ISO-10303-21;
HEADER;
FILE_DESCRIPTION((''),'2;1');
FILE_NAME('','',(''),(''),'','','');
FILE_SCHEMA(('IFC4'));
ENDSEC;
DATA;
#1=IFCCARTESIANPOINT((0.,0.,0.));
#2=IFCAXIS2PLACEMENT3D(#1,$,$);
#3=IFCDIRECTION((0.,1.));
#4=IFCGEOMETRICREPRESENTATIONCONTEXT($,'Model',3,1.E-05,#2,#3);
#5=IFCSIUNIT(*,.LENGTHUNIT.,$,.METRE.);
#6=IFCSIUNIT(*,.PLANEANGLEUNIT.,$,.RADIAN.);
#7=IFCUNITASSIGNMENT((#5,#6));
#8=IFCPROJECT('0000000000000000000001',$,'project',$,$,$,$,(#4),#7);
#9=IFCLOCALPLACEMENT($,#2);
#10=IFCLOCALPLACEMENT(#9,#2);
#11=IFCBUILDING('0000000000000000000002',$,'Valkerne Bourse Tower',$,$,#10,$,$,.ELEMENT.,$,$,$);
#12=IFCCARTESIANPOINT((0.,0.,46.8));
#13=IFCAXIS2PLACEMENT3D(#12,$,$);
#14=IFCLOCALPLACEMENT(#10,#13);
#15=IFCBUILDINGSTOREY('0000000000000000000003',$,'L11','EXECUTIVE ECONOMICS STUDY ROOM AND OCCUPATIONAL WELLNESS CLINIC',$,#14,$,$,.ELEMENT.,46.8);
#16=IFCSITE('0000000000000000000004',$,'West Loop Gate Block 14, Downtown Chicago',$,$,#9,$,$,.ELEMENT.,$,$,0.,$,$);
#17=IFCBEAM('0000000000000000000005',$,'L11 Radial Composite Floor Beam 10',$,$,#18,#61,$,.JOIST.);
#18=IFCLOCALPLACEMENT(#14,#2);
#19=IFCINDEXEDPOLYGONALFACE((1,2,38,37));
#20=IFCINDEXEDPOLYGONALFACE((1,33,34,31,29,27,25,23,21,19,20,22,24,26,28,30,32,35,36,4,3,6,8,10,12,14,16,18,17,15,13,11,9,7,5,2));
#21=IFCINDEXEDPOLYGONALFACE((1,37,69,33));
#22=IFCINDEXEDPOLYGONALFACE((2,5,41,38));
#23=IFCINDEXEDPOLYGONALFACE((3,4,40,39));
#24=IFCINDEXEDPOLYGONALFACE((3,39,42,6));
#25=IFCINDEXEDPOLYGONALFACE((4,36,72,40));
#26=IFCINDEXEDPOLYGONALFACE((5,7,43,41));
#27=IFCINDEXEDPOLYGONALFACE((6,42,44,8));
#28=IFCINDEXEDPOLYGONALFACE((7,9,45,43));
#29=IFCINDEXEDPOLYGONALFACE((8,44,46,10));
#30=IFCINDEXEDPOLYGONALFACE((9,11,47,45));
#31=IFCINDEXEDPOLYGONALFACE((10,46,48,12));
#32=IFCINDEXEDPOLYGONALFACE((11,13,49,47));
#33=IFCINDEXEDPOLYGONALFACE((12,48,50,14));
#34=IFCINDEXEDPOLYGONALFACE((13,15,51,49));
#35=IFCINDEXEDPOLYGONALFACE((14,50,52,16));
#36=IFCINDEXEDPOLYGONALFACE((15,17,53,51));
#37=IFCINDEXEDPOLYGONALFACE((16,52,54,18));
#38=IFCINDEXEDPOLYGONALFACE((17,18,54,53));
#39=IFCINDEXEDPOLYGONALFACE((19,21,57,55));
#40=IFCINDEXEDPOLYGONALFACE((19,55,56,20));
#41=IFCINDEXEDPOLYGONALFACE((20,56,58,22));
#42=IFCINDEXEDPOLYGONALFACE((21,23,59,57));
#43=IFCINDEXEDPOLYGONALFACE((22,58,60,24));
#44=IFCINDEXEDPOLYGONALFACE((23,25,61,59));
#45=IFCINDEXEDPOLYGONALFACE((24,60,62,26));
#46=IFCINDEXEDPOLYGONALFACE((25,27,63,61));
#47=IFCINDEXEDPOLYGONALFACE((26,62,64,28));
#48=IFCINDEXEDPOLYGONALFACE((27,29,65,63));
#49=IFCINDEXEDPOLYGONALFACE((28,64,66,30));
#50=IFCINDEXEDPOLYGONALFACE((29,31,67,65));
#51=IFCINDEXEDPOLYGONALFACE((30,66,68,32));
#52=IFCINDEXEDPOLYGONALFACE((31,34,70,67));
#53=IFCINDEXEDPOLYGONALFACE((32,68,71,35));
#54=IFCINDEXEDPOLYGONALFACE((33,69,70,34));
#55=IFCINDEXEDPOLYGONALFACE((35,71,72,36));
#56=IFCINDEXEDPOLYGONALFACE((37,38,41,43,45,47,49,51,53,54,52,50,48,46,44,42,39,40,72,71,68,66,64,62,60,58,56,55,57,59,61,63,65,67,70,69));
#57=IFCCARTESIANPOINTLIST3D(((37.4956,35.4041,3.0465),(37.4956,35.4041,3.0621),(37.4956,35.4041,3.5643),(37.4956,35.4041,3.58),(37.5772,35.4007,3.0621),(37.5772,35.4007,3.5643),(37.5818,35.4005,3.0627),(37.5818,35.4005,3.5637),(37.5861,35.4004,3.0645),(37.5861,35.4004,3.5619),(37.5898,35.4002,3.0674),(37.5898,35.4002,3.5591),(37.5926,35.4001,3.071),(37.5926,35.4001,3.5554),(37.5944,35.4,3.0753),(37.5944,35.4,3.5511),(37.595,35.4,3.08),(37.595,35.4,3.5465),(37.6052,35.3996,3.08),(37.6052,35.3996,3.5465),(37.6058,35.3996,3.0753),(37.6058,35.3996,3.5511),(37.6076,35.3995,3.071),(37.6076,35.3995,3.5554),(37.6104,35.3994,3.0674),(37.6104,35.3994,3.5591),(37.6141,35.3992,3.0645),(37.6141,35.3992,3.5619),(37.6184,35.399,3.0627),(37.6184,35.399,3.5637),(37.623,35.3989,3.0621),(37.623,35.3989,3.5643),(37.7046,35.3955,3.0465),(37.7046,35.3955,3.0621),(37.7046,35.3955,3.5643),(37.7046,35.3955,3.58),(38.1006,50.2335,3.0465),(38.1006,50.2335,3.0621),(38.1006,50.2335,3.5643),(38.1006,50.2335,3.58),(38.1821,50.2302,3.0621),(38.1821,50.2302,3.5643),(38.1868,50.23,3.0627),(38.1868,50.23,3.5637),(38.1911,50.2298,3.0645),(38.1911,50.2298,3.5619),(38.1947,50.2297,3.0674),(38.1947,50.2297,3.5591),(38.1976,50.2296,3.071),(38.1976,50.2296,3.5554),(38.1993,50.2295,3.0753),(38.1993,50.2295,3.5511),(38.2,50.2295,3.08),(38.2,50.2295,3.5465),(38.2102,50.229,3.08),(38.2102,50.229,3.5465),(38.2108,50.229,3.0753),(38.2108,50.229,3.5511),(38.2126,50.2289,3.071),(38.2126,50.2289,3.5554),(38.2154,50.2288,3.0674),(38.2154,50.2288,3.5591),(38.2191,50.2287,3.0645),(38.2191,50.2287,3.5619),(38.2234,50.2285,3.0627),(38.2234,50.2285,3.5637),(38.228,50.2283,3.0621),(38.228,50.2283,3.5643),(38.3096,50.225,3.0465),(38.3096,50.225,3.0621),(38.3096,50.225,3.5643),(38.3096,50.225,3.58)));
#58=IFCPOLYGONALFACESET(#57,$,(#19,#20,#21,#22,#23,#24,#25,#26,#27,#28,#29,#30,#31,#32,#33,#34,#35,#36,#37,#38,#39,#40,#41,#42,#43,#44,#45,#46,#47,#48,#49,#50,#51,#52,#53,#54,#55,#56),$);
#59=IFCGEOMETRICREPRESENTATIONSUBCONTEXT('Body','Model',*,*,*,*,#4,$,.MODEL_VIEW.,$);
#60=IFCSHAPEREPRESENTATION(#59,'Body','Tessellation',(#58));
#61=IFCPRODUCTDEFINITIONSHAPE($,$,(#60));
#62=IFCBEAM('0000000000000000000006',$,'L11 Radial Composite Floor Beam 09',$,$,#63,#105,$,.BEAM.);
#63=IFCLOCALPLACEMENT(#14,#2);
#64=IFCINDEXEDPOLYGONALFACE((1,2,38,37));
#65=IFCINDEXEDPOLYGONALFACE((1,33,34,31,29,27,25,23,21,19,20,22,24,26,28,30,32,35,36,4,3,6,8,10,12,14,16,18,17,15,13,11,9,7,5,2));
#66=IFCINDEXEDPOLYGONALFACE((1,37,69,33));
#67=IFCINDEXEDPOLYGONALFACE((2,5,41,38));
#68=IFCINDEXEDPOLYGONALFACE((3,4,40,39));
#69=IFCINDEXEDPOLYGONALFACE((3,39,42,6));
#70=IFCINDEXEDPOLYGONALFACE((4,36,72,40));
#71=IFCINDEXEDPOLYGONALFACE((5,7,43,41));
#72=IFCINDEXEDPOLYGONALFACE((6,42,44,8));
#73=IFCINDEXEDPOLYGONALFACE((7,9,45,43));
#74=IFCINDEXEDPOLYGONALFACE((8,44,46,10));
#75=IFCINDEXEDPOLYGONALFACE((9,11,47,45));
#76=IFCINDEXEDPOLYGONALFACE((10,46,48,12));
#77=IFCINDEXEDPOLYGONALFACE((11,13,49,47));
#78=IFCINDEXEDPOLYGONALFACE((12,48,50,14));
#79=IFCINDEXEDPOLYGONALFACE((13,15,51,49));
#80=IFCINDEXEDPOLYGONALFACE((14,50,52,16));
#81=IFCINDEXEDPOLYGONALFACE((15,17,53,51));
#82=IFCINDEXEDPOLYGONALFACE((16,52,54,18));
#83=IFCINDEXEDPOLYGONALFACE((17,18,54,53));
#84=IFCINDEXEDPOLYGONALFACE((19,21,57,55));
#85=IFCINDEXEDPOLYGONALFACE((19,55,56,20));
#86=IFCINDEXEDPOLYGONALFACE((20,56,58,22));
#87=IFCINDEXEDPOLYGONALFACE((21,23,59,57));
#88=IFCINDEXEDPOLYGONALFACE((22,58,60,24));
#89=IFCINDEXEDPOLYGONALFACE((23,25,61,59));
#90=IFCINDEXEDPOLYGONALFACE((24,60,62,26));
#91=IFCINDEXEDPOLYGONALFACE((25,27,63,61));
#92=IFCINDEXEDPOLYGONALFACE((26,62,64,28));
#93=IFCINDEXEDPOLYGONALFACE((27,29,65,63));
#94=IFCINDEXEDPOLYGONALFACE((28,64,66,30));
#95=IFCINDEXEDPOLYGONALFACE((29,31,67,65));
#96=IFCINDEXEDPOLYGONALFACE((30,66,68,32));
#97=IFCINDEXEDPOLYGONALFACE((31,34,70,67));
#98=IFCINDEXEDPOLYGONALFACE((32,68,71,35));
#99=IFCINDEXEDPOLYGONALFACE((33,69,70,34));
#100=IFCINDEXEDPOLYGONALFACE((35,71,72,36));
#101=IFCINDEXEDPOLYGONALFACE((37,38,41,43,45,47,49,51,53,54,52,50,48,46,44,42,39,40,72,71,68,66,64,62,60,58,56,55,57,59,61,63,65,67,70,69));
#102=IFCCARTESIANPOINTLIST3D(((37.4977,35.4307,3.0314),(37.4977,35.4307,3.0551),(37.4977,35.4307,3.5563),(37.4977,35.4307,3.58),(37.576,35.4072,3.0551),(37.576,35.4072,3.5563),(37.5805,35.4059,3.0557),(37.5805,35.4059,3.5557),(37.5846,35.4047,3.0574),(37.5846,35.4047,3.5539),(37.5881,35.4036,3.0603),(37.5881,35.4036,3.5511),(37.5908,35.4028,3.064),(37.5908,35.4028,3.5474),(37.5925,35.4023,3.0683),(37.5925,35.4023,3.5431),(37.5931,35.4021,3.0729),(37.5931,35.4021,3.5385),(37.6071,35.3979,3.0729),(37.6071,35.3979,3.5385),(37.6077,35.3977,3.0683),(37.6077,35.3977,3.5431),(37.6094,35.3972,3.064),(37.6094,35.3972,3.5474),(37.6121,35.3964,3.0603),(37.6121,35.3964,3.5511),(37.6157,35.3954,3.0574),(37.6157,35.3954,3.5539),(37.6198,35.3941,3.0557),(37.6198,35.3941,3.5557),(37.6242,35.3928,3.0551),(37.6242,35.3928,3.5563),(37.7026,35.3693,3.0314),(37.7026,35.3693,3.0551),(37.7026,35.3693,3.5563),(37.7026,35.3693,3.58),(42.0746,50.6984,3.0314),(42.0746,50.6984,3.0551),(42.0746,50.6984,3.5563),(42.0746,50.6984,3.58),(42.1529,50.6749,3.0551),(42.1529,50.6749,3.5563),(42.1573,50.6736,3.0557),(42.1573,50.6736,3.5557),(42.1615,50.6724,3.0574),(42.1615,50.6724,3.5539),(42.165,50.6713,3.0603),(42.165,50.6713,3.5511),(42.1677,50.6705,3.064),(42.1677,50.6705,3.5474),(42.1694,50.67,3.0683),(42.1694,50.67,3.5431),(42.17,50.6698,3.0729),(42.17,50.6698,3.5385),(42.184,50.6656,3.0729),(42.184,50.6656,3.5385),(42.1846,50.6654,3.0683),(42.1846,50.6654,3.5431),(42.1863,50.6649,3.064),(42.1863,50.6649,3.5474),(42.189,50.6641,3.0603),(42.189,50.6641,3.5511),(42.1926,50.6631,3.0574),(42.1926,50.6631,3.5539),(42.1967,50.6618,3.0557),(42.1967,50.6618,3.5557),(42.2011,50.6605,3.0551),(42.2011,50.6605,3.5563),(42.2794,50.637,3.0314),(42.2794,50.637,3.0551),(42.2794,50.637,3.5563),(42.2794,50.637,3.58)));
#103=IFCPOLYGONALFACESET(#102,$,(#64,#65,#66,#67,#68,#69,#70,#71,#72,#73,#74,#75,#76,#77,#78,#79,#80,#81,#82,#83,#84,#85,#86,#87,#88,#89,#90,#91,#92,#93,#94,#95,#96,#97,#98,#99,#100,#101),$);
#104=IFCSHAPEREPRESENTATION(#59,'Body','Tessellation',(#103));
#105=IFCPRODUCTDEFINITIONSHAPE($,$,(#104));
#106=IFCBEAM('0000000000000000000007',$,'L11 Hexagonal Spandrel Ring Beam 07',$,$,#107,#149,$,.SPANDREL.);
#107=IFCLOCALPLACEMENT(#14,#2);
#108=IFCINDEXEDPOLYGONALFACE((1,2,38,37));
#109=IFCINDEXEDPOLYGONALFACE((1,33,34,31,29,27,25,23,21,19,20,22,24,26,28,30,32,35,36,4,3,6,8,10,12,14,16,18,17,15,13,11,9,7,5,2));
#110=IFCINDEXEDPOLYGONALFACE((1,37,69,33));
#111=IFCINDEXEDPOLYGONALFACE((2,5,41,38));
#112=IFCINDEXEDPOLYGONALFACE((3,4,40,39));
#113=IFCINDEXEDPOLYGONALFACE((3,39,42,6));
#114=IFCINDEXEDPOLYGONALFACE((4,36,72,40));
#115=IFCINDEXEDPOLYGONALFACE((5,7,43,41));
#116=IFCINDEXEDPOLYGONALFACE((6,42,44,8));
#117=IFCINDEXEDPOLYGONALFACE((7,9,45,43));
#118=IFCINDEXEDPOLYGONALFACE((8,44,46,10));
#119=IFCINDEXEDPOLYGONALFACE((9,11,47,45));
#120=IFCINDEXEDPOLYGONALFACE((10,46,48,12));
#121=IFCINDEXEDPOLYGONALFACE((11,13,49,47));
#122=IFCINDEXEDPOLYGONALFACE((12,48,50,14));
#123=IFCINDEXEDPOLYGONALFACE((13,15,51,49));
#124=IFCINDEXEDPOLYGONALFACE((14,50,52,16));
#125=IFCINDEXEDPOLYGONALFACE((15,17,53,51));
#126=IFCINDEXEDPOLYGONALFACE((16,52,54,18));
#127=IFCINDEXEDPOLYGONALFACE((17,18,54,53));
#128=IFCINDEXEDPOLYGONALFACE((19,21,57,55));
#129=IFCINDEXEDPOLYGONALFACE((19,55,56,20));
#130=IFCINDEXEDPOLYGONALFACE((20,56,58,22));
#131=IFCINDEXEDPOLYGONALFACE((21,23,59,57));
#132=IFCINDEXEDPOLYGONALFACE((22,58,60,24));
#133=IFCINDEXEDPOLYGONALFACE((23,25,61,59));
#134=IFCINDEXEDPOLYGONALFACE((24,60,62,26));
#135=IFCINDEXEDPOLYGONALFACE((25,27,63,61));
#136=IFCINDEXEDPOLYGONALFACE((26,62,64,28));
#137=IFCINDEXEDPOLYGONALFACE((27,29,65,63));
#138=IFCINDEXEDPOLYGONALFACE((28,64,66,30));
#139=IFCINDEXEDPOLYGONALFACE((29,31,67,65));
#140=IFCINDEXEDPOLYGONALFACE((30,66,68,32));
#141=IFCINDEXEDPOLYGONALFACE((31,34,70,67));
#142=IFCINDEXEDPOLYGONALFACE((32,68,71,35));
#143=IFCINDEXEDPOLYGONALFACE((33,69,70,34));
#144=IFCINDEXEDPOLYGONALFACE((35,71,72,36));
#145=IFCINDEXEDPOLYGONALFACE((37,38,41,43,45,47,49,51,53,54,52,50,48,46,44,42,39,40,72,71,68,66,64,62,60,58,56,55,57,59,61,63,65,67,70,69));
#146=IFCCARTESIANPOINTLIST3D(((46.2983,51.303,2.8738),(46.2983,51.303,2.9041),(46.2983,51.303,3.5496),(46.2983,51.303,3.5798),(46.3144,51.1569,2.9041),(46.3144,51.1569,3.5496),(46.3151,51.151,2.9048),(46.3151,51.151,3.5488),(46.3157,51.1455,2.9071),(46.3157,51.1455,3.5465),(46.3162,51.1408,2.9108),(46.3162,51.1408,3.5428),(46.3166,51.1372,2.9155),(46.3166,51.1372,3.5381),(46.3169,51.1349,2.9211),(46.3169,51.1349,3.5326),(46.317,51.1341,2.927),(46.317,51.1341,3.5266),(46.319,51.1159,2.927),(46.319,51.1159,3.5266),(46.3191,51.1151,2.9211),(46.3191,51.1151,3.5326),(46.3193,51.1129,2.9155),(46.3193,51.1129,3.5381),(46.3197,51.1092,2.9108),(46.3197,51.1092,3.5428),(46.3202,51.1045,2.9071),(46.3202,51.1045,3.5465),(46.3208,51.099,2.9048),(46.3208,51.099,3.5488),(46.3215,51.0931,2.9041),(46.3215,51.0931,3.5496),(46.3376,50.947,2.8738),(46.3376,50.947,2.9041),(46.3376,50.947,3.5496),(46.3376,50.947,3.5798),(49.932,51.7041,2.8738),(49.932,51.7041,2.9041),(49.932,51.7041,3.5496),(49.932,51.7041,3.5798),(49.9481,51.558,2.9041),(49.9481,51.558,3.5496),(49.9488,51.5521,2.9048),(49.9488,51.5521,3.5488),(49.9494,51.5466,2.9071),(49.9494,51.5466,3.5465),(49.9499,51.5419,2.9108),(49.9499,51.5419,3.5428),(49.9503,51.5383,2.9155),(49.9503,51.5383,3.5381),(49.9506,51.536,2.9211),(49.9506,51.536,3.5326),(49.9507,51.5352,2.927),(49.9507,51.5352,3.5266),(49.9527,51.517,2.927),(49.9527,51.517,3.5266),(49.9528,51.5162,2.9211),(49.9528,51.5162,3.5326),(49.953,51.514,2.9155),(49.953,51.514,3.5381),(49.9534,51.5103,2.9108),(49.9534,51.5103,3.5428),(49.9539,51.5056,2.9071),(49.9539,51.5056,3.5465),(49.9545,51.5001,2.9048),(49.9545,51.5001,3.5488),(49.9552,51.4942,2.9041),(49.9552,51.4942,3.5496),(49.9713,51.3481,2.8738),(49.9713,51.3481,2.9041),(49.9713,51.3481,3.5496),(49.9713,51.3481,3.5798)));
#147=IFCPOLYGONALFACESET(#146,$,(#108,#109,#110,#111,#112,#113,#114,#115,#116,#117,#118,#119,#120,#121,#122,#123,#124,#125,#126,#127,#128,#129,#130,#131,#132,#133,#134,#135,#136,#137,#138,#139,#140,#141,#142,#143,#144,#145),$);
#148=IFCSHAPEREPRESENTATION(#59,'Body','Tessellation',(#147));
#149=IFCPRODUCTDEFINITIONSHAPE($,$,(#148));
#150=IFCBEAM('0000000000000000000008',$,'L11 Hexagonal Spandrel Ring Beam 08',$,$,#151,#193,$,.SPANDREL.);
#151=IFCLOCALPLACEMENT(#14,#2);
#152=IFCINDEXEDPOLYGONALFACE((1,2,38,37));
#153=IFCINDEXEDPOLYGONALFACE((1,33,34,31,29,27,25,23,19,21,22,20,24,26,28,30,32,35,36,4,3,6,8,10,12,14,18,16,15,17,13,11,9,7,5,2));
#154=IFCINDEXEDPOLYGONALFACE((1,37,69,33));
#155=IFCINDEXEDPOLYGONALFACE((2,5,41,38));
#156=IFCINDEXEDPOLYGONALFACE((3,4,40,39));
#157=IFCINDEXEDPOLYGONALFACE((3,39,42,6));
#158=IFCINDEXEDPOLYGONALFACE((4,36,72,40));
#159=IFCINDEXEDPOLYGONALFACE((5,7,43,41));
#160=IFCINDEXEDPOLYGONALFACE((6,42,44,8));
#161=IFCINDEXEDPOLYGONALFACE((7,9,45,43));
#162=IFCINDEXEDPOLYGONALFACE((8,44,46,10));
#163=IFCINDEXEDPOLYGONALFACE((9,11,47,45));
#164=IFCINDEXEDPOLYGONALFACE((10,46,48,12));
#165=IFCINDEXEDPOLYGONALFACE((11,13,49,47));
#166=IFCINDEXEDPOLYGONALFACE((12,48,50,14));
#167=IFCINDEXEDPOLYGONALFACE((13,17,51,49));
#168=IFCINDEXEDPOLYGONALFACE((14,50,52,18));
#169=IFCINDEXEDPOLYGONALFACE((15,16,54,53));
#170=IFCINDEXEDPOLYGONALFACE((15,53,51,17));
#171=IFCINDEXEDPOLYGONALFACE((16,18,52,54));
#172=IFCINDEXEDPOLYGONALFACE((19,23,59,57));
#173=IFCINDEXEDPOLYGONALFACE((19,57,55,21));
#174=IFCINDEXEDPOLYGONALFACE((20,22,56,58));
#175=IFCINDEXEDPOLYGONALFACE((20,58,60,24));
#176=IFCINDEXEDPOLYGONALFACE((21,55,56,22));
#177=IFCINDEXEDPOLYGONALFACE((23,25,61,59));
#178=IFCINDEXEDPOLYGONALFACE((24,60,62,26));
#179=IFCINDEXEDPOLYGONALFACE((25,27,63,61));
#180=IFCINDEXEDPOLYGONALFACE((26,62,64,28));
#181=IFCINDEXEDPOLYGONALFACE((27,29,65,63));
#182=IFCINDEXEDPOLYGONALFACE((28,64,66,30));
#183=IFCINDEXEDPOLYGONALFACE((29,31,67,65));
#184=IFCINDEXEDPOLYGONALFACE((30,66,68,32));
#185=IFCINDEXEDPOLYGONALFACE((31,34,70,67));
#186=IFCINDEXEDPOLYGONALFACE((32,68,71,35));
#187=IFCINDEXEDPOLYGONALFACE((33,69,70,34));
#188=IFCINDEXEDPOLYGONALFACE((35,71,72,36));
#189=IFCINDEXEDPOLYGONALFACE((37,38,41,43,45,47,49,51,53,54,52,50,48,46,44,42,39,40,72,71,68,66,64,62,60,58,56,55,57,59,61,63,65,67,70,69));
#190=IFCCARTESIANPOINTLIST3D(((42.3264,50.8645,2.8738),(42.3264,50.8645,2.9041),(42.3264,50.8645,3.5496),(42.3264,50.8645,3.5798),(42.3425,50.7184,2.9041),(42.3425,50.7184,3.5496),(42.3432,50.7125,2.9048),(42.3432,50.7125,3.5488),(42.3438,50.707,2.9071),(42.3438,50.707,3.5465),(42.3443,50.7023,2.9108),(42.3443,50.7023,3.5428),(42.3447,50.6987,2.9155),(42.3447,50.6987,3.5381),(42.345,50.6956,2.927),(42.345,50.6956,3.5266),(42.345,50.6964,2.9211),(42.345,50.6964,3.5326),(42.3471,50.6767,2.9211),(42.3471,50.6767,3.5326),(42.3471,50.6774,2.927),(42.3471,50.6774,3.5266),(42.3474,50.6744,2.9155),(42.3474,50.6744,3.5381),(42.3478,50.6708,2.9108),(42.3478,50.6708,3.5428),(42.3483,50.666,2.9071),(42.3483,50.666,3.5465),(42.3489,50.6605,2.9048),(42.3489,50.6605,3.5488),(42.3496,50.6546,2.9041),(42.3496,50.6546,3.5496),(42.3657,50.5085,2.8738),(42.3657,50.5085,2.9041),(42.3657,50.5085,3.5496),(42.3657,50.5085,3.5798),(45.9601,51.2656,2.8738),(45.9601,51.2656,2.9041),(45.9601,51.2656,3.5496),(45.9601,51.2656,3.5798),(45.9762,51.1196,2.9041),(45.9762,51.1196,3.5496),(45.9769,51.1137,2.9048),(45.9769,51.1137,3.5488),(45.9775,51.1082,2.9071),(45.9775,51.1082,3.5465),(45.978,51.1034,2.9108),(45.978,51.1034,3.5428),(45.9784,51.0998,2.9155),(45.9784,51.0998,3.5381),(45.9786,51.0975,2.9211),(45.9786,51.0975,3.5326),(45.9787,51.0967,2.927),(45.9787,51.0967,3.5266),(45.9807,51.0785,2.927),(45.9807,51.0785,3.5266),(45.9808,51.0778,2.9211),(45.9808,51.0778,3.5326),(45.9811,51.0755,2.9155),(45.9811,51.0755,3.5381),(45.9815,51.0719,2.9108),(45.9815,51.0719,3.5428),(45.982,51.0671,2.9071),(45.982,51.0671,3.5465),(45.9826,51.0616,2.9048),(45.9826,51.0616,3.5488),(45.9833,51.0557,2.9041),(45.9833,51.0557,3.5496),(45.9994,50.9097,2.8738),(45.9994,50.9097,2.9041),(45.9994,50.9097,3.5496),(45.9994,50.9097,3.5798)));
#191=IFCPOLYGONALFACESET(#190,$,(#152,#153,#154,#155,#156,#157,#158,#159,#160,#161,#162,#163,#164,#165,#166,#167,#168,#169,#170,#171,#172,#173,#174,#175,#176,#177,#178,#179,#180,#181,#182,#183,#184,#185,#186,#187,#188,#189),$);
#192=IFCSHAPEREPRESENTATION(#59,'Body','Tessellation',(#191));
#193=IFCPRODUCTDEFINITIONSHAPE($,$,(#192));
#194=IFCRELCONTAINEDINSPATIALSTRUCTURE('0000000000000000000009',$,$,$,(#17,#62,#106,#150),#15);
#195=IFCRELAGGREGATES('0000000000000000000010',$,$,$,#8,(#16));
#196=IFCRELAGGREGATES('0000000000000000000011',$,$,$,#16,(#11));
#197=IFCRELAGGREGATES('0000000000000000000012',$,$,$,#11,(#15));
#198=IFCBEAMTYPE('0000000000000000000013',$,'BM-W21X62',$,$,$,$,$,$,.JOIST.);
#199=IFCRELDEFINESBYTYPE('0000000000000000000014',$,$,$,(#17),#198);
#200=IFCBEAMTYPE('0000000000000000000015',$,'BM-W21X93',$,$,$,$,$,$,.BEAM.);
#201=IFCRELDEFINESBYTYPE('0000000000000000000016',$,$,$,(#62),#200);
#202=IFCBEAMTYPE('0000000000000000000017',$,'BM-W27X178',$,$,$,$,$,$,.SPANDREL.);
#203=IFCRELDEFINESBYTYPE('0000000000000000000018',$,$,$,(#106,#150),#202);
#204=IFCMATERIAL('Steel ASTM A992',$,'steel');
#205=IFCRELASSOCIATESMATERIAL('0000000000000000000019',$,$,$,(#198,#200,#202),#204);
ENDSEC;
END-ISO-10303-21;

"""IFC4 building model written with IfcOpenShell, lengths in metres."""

from ifc_helpers import new_model, si_unit, direction, frame, origin, origin_2d, place, context, subcontext, project, spatial, i_section, extrude, material, material_profile, profile_set, type_object, element, save


model = new_model("IFC4")

# Units and contexts
model_context = context("Model", 3, precision=1e-05, world=origin(), true_north=direction((0.0, 1.0)))
body_context = subcontext(model_context, "Body", "Model", "MODEL_VIEW")
ifc_project = project(units=[si_unit("LENGTHUNIT", "METRE"), si_unit("PLANEANGLEUNIT", "RADIAN")], contexts=[model_context])

# Site, building, storey
site_placement = place(None, origin())
site = spatial("IfcSite", under=ifc_project, at=site_placement, Name="West Loop Gate Block 14, Downtown Chicago", CompositionType="ELEMENT", RefElevation=0.0)
building_placement = place(site_placement, origin())
building = spatial("IfcBuilding", under=site, at=building_placement, Name="Valkerne Bourse Tower", CompositionType="ELEMENT")
storey_placement = place(building_placement, frame((0.0, 0.0, 46.8)))
storey = spatial("IfcBuildingStorey", under=building, at=storey_placement, Name="L11", Description="EXECUTIVE ECONOMICS STUDY ROOM AND OCCUPATIONAL WELLNESS CLINIC", CompositionType="ELEMENT", Elevation=46.8)

# Beams
ifc_material_1 = material(Name="Steel ASTM A992", Category="steel")
ifc_material_profile_1 = material_profile(ifc_material_1, i_section(OverallWidth=0.2092, OverallDepth=0.5334, WebThickness=0.0103, FlangeThickness=0.0156, FilletRadius=0.0178, at=origin_2d()), Name="W21X62")
ifc_profile_set_1 = profile_set([ifc_material_profile_1], Name="Steel ASTM A992")
beam_type_1 = type_object("IfcBeamType", Name="BM-W21X62", PredefinedType="JOIST", material=ifc_profile_set_1)
beam_1_placement = place(storey_placement, frame((38.2051, 50.2292, 3.3132), z_axis=(-0.040762, -0.999169, 0.0), x_axis=(0.999169, -0.040762, 0.0)))
element("IfcBeam", 1, at=beam_1_placement, inside=storey, type_object=beam_type_1, Name="L11 Radial Composite Floor Beam 10", PredefinedType="JOIST", context=body_context, shape_type="SweptSolid", body=[
    extrude(i_section(OverallWidth=0.2092, OverallDepth=0.5334, WebThickness=0.0103, FlangeThickness=0.0156, FilletRadius=0.0178, at=origin_2d()), origin(), (0.0, 0.0, 1.0), 14.8418),
])
ifc_material_profile_2 = material_profile(ifc_material_1, i_section(OverallWidth=0.2139, OverallDepth=0.5486, WebThickness=0.0146, FlangeThickness=0.0237, FilletRadius=0.0178, at=origin_2d()), Name="W21X93")
ifc_profile_set_2 = profile_set([ifc_material_profile_2], Name="Steel ASTM A992")
beam_type_2 = type_object("IfcBeamType", Name="BM-W21X93", PredefinedType="BEAM", material=ifc_profile_set_2)
beam_2_placement = place(storey_placement, frame((42.177, 50.6677, 3.3057), z_axis=(-0.28715, -0.957886, 0.0), x_axis=(0.957886, -0.28715, 0.0)))
element("IfcBeam", 2, at=beam_2_placement, inside=storey, type_object=beam_type_2, Name="L11 Radial Composite Floor Beam 09", PredefinedType="BEAM", context=body_context, shape_type="SweptSolid", body=[
    extrude(i_section(OverallWidth=0.2139, OverallDepth=0.5486, WebThickness=0.0146, FlangeThickness=0.0237, FilletRadius=0.0178, at=origin_2d()), origin(), (0.0, 0.0, 1.0), 15.939),
])
ifc_material_profile_3 = material_profile(ifc_material_1, i_section(OverallWidth=0.3582, OverallDepth=0.7061, WebThickness=0.0183, FlangeThickness=0.0303, FilletRadius=0.0229, at=origin_2d()), Name="W27X178")
ifc_profile_set_3 = profile_set([ifc_material_profile_3], Name="Steel ASTM A992")
beam_type_3 = type_object("IfcBeamType", Name="BM-W27X178", PredefinedType="SPANDREL", material=ifc_profile_set_3)
for number, where, z_axis, x_axis, name in (
    (3, (49.9517, 51.5261, 3.2268), (-0.993962, -0.109721, 0.0), (0.109721, -0.993962, 0.0), "L11 Hexagonal Spandrel Ring Beam 07"),
    (4, (45.9797, 51.0876, 3.2268), (-0.993962, -0.109721, 0.0), (0.109721, -0.993962, 0.0), "L11 Hexagonal Spandrel Ring Beam 08"),
):
    element("IfcBeam", number, at=place(storey_placement, frame(where, z_axis=z_axis, x_axis=x_axis)), inside=storey, type_object=beam_type_3, Name=name, PredefinedType="SPANDREL", context=body_context, shape_type="SweptSolid", body=[
        extrude(i_section(OverallWidth=0.3582, OverallDepth=0.7061, WebThickness=0.0183, FlangeThickness=0.0303, FilletRadius=0.0229, at=origin_2d()), origin(), (0.0, 0.0, 1.0), 3.6558),
    ])

save(model, "model.ifc")
